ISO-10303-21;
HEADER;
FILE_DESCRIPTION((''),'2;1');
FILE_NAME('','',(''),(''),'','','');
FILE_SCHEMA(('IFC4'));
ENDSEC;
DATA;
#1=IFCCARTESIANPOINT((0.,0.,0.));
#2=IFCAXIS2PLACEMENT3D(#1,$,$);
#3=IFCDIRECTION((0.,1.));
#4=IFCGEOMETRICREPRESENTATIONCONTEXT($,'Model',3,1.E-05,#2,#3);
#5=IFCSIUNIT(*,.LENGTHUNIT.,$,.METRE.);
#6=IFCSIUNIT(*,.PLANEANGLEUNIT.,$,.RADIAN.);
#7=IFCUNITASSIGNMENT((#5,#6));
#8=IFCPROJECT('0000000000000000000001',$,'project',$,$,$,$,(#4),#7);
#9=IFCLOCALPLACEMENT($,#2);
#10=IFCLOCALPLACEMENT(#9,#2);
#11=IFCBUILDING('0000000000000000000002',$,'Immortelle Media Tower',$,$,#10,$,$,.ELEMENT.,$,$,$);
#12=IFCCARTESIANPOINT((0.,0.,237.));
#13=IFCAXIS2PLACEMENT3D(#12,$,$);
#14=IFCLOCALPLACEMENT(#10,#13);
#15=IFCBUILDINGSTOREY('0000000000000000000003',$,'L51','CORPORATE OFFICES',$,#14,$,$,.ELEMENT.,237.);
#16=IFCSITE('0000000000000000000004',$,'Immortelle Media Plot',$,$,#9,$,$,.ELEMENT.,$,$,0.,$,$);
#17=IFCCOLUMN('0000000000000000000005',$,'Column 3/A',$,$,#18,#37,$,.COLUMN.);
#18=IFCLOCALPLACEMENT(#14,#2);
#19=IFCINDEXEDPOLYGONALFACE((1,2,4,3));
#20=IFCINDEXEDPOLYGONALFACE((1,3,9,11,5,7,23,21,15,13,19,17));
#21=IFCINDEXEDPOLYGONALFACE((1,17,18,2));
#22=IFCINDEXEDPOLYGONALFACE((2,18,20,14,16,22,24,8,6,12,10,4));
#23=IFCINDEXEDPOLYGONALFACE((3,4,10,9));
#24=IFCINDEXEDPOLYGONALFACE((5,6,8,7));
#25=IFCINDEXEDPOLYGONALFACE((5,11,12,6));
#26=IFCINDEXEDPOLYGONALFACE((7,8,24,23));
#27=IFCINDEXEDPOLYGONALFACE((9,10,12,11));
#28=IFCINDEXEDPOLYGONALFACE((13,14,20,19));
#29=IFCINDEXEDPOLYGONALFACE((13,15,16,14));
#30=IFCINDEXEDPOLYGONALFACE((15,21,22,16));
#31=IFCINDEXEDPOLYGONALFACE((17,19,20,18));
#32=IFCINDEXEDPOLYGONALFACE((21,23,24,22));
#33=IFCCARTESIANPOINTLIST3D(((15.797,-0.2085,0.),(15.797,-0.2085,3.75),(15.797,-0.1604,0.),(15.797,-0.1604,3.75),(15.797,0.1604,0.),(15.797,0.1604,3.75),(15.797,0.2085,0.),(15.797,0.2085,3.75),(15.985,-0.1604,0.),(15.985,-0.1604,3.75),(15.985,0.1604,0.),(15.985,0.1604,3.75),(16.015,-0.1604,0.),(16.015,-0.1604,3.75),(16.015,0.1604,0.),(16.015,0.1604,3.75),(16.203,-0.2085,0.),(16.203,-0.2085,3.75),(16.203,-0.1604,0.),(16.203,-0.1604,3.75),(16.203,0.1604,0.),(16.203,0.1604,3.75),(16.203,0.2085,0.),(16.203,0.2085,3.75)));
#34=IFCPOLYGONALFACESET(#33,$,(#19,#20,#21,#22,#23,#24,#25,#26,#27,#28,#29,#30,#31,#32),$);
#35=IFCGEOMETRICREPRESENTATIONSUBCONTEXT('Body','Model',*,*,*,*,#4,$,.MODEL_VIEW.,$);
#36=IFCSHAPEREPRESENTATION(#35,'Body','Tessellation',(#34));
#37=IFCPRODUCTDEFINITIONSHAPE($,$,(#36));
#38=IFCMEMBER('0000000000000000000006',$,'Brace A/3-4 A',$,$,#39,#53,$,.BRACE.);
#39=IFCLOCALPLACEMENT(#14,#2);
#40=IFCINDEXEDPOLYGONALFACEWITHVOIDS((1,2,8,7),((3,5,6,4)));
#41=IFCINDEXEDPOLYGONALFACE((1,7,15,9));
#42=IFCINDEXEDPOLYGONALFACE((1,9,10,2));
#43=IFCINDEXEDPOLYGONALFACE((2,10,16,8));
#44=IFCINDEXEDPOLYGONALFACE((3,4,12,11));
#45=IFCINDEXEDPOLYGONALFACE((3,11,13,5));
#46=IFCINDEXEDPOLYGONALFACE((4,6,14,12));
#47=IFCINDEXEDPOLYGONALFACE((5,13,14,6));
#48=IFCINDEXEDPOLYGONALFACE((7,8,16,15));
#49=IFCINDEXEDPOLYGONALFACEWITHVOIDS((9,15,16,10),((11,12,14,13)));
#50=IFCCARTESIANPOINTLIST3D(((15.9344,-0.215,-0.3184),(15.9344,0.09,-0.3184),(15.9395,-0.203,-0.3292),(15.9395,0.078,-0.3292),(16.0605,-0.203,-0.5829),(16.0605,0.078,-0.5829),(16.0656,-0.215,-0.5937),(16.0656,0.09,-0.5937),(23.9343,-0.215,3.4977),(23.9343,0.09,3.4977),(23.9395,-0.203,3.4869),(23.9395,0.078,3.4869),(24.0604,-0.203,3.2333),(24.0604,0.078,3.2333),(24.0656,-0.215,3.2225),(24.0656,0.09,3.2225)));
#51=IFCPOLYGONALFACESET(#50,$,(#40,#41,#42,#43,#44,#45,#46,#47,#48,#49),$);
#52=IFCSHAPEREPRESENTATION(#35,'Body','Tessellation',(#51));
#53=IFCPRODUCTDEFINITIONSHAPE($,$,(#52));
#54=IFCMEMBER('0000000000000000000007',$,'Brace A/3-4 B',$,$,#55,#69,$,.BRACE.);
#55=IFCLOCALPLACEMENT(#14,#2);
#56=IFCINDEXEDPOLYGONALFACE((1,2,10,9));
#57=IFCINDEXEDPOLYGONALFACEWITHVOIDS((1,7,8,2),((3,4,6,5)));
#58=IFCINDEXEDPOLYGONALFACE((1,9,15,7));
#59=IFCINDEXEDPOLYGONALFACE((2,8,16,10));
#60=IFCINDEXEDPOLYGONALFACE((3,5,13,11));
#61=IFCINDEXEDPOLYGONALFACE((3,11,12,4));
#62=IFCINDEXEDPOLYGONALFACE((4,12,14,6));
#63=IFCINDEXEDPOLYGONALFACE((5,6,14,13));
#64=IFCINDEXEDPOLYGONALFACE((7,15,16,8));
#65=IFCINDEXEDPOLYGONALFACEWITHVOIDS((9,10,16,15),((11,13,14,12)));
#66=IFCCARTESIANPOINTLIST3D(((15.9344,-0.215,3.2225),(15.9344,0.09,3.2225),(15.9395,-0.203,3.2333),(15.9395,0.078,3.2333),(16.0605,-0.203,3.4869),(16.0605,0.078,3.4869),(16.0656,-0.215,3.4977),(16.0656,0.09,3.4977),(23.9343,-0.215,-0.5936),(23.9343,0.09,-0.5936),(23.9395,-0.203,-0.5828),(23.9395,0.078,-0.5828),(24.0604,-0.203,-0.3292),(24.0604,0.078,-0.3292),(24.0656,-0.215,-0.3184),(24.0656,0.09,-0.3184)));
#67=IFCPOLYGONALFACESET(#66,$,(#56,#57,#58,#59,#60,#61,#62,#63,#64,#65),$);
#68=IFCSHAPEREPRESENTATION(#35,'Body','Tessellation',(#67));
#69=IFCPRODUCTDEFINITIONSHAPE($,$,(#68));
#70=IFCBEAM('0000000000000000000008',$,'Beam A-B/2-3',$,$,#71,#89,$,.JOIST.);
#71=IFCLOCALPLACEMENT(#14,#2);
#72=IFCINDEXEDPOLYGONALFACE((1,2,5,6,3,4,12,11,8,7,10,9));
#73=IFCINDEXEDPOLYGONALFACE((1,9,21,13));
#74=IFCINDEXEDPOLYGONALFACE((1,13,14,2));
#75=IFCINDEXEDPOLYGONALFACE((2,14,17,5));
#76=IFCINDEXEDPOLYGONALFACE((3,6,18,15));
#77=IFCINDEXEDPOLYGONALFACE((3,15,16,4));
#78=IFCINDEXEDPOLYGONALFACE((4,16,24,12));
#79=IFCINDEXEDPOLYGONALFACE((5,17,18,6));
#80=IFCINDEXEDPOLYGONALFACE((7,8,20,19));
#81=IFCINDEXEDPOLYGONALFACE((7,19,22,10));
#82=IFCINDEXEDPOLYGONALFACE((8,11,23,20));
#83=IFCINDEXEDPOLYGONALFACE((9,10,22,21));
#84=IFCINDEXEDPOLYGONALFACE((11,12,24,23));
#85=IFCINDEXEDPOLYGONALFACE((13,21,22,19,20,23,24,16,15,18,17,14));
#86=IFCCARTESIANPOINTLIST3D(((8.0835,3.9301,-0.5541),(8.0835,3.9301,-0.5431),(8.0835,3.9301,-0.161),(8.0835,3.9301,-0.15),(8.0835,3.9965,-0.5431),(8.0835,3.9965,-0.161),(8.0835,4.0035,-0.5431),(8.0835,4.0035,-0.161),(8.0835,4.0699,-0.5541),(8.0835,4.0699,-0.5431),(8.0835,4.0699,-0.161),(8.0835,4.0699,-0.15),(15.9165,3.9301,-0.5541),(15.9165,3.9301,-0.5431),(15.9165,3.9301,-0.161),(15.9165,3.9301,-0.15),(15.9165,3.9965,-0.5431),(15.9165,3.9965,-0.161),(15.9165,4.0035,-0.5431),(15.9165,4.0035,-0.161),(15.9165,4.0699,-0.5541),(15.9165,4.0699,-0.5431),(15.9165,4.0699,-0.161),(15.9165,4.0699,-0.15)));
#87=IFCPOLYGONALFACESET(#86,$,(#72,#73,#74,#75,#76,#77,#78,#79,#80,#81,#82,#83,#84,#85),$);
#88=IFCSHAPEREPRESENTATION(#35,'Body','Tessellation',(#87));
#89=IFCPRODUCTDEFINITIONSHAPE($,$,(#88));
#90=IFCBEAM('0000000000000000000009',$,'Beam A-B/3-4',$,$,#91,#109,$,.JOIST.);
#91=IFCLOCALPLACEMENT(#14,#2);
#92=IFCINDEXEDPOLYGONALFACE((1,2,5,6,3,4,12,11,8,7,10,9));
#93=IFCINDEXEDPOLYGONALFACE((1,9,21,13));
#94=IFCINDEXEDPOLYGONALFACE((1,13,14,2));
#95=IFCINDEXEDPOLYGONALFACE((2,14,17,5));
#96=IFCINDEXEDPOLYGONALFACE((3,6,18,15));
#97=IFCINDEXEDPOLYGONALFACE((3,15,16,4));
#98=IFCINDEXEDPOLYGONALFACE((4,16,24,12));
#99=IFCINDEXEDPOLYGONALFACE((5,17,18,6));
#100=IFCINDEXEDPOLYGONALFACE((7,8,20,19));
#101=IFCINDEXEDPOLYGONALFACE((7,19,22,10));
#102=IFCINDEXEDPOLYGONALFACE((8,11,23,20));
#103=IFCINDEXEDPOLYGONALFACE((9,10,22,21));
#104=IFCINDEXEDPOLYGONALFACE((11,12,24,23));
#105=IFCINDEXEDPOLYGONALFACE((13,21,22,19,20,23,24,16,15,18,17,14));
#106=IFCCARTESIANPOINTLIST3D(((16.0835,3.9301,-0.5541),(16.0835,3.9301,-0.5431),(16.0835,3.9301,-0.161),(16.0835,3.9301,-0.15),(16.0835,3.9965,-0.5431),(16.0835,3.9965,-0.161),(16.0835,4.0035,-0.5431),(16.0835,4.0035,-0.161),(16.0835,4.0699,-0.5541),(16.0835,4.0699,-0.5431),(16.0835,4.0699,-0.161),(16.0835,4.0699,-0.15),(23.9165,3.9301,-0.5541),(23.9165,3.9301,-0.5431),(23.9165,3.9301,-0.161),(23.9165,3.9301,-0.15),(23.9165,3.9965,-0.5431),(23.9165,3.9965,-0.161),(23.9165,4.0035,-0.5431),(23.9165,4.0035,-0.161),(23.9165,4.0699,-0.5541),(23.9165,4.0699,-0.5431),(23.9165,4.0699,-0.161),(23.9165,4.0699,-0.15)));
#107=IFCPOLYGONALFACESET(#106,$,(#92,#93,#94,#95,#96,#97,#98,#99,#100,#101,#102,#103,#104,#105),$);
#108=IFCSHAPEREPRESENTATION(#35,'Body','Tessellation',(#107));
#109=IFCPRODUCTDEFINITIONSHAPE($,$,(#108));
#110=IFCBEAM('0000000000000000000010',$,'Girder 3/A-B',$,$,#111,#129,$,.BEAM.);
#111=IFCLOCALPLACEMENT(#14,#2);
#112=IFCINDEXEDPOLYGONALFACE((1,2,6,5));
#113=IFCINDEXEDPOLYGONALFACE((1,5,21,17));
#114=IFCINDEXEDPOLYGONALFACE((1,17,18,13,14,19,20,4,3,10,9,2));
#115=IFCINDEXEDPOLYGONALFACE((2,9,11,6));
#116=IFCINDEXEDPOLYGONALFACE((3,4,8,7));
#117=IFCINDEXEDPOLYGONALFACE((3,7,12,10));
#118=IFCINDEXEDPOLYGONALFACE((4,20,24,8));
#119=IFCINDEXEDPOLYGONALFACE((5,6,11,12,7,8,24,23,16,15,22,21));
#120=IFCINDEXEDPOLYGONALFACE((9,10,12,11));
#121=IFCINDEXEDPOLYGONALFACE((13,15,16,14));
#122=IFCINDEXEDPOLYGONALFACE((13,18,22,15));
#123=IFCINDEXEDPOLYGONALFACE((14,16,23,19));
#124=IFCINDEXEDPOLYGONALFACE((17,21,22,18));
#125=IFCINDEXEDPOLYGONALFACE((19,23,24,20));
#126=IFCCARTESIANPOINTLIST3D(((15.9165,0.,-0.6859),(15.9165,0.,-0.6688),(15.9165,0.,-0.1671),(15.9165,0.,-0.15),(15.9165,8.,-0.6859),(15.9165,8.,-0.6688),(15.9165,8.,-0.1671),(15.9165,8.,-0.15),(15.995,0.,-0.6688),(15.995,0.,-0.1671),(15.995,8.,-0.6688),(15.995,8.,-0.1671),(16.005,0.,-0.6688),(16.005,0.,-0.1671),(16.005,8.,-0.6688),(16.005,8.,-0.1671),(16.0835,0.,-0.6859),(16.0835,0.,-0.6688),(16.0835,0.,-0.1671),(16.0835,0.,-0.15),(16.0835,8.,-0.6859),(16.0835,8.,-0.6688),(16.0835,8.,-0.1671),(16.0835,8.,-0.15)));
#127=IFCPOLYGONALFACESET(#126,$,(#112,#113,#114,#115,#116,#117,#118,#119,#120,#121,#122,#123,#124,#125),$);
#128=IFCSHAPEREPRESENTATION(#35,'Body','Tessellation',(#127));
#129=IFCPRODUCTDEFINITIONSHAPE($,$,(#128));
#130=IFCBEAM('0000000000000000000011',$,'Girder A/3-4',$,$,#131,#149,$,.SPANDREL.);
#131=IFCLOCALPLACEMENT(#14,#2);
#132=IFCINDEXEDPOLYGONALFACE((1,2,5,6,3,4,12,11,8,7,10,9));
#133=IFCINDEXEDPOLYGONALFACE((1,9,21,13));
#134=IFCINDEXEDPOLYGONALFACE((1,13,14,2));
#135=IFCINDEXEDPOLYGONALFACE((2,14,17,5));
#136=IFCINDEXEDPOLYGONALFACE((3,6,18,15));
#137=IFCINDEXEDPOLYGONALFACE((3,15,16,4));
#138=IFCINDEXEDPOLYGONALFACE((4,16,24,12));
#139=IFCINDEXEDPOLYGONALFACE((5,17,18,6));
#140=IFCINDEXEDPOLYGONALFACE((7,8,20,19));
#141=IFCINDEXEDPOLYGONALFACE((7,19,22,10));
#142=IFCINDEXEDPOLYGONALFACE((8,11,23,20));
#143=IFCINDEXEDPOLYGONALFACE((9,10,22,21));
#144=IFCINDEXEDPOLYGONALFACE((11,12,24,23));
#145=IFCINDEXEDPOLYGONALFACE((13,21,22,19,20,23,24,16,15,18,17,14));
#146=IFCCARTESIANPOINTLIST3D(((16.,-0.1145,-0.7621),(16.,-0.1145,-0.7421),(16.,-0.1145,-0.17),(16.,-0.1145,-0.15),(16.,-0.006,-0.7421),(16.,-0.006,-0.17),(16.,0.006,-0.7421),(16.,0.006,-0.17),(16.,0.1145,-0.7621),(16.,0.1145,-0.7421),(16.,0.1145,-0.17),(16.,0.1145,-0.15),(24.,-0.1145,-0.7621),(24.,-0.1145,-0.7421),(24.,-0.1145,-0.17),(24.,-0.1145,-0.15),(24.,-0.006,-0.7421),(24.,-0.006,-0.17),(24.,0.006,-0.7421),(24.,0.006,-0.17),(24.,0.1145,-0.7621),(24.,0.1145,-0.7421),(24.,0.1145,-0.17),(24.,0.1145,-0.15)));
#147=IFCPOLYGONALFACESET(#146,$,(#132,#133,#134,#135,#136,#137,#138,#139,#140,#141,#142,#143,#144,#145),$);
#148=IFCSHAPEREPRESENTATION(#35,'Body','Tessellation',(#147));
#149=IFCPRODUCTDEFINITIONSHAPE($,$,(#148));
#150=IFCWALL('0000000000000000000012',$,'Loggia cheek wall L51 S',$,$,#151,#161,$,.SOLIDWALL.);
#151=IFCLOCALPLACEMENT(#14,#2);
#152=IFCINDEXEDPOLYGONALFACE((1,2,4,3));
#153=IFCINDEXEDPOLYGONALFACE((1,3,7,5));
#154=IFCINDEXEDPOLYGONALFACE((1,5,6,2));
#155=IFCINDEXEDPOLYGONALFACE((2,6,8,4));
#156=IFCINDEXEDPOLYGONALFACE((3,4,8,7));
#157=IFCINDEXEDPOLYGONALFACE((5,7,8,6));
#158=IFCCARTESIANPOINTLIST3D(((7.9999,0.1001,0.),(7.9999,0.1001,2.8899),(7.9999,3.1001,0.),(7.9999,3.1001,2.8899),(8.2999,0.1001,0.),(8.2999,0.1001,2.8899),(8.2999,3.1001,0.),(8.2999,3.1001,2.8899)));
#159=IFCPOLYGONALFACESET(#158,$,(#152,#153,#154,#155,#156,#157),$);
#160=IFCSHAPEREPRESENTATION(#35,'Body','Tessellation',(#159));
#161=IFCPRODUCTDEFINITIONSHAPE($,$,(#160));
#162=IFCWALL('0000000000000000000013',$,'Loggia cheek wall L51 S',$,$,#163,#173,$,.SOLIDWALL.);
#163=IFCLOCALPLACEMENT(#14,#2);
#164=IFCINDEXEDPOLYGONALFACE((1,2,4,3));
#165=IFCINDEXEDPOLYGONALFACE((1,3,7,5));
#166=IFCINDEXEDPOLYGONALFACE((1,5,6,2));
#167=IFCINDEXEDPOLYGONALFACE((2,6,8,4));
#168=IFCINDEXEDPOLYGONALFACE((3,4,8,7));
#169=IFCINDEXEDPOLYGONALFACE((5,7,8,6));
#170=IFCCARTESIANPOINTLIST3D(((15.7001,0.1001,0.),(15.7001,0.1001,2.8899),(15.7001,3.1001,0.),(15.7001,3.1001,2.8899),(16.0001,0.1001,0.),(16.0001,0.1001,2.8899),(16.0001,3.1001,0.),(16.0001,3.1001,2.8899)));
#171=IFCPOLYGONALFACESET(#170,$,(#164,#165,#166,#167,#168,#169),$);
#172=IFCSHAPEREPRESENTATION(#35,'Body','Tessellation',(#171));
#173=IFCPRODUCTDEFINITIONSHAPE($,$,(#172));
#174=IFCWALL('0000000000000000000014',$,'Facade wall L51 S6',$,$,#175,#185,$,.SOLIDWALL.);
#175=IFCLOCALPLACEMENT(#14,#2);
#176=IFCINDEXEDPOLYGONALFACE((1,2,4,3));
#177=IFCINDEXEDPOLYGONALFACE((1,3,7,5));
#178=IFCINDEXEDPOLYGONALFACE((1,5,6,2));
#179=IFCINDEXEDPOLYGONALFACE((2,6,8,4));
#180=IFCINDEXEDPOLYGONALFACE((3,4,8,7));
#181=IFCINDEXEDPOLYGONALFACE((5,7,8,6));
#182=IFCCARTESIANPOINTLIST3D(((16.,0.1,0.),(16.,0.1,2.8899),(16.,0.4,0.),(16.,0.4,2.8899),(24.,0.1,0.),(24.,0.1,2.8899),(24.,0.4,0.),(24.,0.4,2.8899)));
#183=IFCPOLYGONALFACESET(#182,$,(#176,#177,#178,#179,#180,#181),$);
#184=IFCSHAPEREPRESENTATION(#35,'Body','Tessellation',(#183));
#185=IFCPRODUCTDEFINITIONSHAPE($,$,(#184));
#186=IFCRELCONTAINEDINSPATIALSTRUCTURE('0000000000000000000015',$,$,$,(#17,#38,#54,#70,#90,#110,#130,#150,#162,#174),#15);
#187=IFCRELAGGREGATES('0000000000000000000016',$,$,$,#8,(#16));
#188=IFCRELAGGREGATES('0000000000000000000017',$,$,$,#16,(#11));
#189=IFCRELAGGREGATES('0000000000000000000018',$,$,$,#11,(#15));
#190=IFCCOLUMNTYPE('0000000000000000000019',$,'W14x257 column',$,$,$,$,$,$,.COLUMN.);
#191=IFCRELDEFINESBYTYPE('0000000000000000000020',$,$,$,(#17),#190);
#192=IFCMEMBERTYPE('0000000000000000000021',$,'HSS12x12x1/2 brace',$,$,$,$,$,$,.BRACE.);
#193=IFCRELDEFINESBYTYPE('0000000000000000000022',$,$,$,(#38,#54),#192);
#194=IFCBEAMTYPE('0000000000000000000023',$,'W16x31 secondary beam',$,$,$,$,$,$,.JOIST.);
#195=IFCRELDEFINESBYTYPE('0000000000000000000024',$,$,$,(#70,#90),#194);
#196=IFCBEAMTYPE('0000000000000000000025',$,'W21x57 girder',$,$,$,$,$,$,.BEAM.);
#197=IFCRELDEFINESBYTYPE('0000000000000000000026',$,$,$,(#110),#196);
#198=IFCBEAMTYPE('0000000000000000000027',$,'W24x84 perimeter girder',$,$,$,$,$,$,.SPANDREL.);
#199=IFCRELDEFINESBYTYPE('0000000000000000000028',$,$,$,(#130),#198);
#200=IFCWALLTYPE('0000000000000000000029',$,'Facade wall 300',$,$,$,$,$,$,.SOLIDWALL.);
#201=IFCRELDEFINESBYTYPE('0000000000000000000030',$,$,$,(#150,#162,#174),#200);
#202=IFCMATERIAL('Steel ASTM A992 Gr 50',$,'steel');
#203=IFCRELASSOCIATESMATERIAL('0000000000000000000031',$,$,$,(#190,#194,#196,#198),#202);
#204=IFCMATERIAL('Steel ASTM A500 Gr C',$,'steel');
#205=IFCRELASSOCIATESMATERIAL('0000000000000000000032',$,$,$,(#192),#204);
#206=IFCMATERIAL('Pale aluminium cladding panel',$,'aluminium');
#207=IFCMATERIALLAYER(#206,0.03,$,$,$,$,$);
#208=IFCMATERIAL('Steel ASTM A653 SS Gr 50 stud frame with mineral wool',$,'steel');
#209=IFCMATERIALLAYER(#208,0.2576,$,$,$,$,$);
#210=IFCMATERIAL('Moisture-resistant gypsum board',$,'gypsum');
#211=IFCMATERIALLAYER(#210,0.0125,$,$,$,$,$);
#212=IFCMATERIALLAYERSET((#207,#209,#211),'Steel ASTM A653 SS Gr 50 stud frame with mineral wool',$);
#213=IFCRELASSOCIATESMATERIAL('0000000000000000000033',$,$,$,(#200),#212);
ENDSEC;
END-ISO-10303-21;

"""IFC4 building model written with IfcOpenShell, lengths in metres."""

from ifc_helpers import new_model, si_unit, direction, frame, frame_2d, origin, origin_2d, place, context, subcontext, project, spatial, rectangle, hollow_rectangle, i_section, extrude, material, layer, layer_set, material_profile, profile_set, type_object, element, save


model = new_model("IFC4")

# Units and contexts
model_context = context("Model", 3, precision=1e-05, world=origin(), true_north=direction((0.0, 1.0)))
body_context = subcontext(model_context, "Body", "Model", "MODEL_VIEW")
ifc_project = project(units=[si_unit("LENGTHUNIT", "METRE"), si_unit("PLANEANGLEUNIT", "RADIAN")], contexts=[model_context])

# Site, building, storey
site_placement = place(None, origin())
site = spatial("IfcSite", under=ifc_project, at=site_placement, Name="Immortelle Media Plot", CompositionType="ELEMENT", RefElevation=0.0)
building_placement = place(site_placement, origin())
building = spatial("IfcBuilding", under=site, at=building_placement, Name="Immortelle Media Tower", CompositionType="ELEMENT")
storey_placement = place(building_placement, frame((0.0, 0.0, 237.0)))
storey = spatial("IfcBuildingStorey", under=building, at=storey_placement, Name="L51", Description="CORPORATE OFFICES", CompositionType="ELEMENT", Elevation=237.0)

# Column
ifc_material_1 = material(Name="Steel ASTM A992 Gr 50", Category="steel")
ifc_material_profile_1 = material_profile(ifc_material_1, i_section(OverallWidth=0.406, OverallDepth=0.417, WebThickness=0.03, FlangeThickness=0.0481, at=origin_2d()), Name="W14x257")
ifc_profile_set_1 = profile_set([ifc_material_profile_1], Name="Steel ASTM A992 Gr 50")
column_type = type_object("IfcColumnType", Name="W14x257 column", PredefinedType="COLUMN", material=ifc_profile_set_1)
column_placement = place(storey_placement, frame((16.0, 0.0, 0.0), z_axis=(0.0, 0.0, 1.0), x_axis=(1.0, 0.0, 0.0)))
element("IfcColumn", 1, at=column_placement, inside=storey, type_object=column_type, Name="Column 3/A", PredefinedType="COLUMN", context=body_context, shape_type="SweptSolid", body=[
    extrude(i_section(OverallWidth=0.406, OverallDepth=0.417, WebThickness=0.03, FlangeThickness=0.0481, at=origin_2d()), origin(), (0.0, 0.0, 1.0), 3.75),
])

# Members
ifc_material_2 = material(Name="Steel ASTM A500 Gr C", Category="steel")
ifc_material_profile_2 = material_profile(ifc_material_2, hollow_rectangle(XDim=0.3049, YDim=0.3049, WallThickness=0.012, at=origin_2d()), Name="HSS12x12x1/2 brace")
ifc_profile_set_2 = profile_set([ifc_material_profile_2], Name="Steel ASTM A500 Gr C")
member_type = type_object("IfcMemberType", Name="HSS12x12x1/2 brace", PredefinedType="BRACE", material=ifc_profile_set_2)
for number, where, z_axis, x_axis, name in (
    (2, (16.0, -0.0625, -0.4561), (0.90257, 0.0, 0.430544), (0.0, 1.0, 0.0), "Brace A/3-4 A"),
    (3, (16.0, -0.0625, 3.3601), (0.90257, 0.0, -0.430544), (0.0, 1.0, 0.0), "Brace A/3-4 B"),
):
    element("IfcMember", number, at=place(storey_placement, frame(where, z_axis=z_axis, x_axis=x_axis)), inside=storey, type_object=member_type, Name=name, PredefinedType="BRACE", context=body_context, shape_type="SweptSolid", body=[
        extrude(hollow_rectangle(XDim=0.3049, YDim=0.3049, WallThickness=0.012, at=origin_2d()), origin(), (0.0, 0.0, 1.0), 8.8635),
    ])

# Beams
ifc_material_profile_3 = material_profile(ifc_material_1, i_section(OverallWidth=0.1399, OverallDepth=0.4041, WebThickness=0.0071, FlangeThickness=0.011, at=origin_2d()), Name="W16x31")
ifc_profile_set_3 = profile_set([ifc_material_profile_3], Name="Steel ASTM A992 Gr 50")
beam_type_1 = type_object("IfcBeamType", Name="W16x31 secondary beam", PredefinedType="JOIST", material=ifc_profile_set_3)
for number, where, z_axis, x_axis, name in (
    (4, (8.0835, 4.0, -0.3521), (1.0, 0.0, 0.0), (0.0, 1.0, 0.0), "Beam A-B/2-3"),
    (5, (16.0835, 4.0, -0.3521), (1.0, 0.0, 0.0), (0.0, 1.0, 0.0), "Beam A-B/3-4"),
):
    element("IfcBeam", number, at=place(storey_placement, frame(where, z_axis=z_axis, x_axis=x_axis)), inside=storey, type_object=beam_type_1, Name=name, PredefinedType="JOIST", context=body_context, shape_type="SweptSolid", body=[
        extrude(i_section(OverallWidth=0.1399, OverallDepth=0.4041, WebThickness=0.0071, FlangeThickness=0.011, at=origin_2d()), origin(), (0.0, 0.0, 1.0), 7.833),
    ])
ifc_material_profile_4 = material_profile(ifc_material_1, i_section(OverallWidth=0.167, OverallDepth=0.5359, WebThickness=0.01, FlangeThickness=0.0171, at=origin_2d()), Name="W21x57")
ifc_profile_set_4 = profile_set([ifc_material_profile_4], Name="Steel ASTM A992 Gr 50")
beam_type_2 = type_object("IfcBeamType", Name="W21x57 girder", PredefinedType="BEAM", material=ifc_profile_set_4)
beam_1_placement = place(storey_placement, frame((16.0, 0.0, -0.418), z_axis=(0.0, 1.0, 0.0), x_axis=(-1.0, 0.0, 0.0)))
element("IfcBeam", 6, at=beam_1_placement, inside=storey, type_object=beam_type_2, Name="Girder 3/A-B", PredefinedType="BEAM", context=body_context, shape_type="SweptSolid", body=[
    extrude(i_section(OverallWidth=0.167, OverallDepth=0.5359, WebThickness=0.01, FlangeThickness=0.0171, at=origin_2d()), origin(), (0.0, 0.0, 1.0), 8.0),
])
ifc_material_profile_5 = material_profile(ifc_material_1, i_section(OverallWidth=0.229, OverallDepth=0.6121, WebThickness=0.012, FlangeThickness=0.02, at=origin_2d()), Name="W24x84")
ifc_profile_set_5 = profile_set([ifc_material_profile_5], Name="Steel ASTM A992 Gr 50")
beam_type_3 = type_object("IfcBeamType", Name="W24x84 perimeter girder", PredefinedType="SPANDREL", material=ifc_profile_set_5)
beam_2_placement = place(storey_placement, frame((16.0, 0.0, -0.4561), z_axis=(1.0, 0.0, 0.0), x_axis=(0.0, 1.0, 0.0)))
element("IfcBeam", 7, at=beam_2_placement, inside=storey, type_object=beam_type_3, Name="Girder A/3-4", PredefinedType="SPANDREL", context=body_context, shape_type="SweptSolid", body=[
    extrude(i_section(OverallWidth=0.229, OverallDepth=0.6121, WebThickness=0.012, FlangeThickness=0.02, at=origin_2d()), origin(), (0.0, 0.0, 1.0), 8.0),
])

# Shared definitions
ifc_material_3 = material(Name="Pale aluminium cladding panel", Category="aluminium")
ifc_layer_1 = layer(ifc_material_3, 0.03)
ifc_material_4 = material(Name="Steel ASTM A653 SS Gr 50 stud frame with mineral wool", Category="steel")
ifc_layer_2 = layer(ifc_material_4, 0.2576)
ifc_material_5 = material(Name="Moisture-resistant gypsum board", Category="gypsum")
ifc_layer_3 = layer(ifc_material_5, 0.0125)
ifc_layer_set_1 = layer_set([ifc_layer_1, ifc_layer_2, ifc_layer_3], Name="Steel ASTM A653 SS Gr 50 stud frame with mineral wool")
wall_type_1 = type_object("IfcWallType", Name="Facade wall 300", PredefinedType="SOLIDWALL", material=ifc_layer_set_1)

# Walls
for number, where, z_axis, x_axis, name in (
    (8, (8.1499, 0.1001, 0.0), (0.0, 0.0, 1.0), (0.0, 1.0, 0.0), "Loggia cheek wall L51 S"),
    (9, (15.8501, 0.1001, 0.0), (0.0, 0.0, 1.0), (0.0, 1.0, 0.0), "Loggia cheek wall L51 S"),
):
    element("IfcWall", number, at=place(storey_placement, frame(where, z_axis=z_axis, x_axis=x_axis)), inside=storey, type_object=wall_type_1, Name=name, PredefinedType="SOLIDWALL", context=body_context, shape_type="SweptSolid", body=[
        extrude(rectangle(XDim=3.0, YDim=0.3, at=frame_2d((1.5, 0.0))), origin(), (0.0, 0.0, 1.0), 2.8899),
    ])
wall_1_placement = place(storey_placement, frame((16.0, 0.25, 0.0), z_axis=(0.0, 0.0, 1.0), x_axis=(1.0, 0.0, 0.0)))
element("IfcWall", 10, at=wall_1_placement, inside=storey, type_object=wall_type_1, Name="Facade wall L51 S6", PredefinedType="SOLIDWALL", context=body_context, shape_type="SweptSolid", body=[
    extrude(rectangle(XDim=8.0, YDim=0.3, at=frame_2d((4.0, 0.0))), origin(), (0.0, 0.0, 1.0), 2.8899),
])

save(model, "model.ifc")
